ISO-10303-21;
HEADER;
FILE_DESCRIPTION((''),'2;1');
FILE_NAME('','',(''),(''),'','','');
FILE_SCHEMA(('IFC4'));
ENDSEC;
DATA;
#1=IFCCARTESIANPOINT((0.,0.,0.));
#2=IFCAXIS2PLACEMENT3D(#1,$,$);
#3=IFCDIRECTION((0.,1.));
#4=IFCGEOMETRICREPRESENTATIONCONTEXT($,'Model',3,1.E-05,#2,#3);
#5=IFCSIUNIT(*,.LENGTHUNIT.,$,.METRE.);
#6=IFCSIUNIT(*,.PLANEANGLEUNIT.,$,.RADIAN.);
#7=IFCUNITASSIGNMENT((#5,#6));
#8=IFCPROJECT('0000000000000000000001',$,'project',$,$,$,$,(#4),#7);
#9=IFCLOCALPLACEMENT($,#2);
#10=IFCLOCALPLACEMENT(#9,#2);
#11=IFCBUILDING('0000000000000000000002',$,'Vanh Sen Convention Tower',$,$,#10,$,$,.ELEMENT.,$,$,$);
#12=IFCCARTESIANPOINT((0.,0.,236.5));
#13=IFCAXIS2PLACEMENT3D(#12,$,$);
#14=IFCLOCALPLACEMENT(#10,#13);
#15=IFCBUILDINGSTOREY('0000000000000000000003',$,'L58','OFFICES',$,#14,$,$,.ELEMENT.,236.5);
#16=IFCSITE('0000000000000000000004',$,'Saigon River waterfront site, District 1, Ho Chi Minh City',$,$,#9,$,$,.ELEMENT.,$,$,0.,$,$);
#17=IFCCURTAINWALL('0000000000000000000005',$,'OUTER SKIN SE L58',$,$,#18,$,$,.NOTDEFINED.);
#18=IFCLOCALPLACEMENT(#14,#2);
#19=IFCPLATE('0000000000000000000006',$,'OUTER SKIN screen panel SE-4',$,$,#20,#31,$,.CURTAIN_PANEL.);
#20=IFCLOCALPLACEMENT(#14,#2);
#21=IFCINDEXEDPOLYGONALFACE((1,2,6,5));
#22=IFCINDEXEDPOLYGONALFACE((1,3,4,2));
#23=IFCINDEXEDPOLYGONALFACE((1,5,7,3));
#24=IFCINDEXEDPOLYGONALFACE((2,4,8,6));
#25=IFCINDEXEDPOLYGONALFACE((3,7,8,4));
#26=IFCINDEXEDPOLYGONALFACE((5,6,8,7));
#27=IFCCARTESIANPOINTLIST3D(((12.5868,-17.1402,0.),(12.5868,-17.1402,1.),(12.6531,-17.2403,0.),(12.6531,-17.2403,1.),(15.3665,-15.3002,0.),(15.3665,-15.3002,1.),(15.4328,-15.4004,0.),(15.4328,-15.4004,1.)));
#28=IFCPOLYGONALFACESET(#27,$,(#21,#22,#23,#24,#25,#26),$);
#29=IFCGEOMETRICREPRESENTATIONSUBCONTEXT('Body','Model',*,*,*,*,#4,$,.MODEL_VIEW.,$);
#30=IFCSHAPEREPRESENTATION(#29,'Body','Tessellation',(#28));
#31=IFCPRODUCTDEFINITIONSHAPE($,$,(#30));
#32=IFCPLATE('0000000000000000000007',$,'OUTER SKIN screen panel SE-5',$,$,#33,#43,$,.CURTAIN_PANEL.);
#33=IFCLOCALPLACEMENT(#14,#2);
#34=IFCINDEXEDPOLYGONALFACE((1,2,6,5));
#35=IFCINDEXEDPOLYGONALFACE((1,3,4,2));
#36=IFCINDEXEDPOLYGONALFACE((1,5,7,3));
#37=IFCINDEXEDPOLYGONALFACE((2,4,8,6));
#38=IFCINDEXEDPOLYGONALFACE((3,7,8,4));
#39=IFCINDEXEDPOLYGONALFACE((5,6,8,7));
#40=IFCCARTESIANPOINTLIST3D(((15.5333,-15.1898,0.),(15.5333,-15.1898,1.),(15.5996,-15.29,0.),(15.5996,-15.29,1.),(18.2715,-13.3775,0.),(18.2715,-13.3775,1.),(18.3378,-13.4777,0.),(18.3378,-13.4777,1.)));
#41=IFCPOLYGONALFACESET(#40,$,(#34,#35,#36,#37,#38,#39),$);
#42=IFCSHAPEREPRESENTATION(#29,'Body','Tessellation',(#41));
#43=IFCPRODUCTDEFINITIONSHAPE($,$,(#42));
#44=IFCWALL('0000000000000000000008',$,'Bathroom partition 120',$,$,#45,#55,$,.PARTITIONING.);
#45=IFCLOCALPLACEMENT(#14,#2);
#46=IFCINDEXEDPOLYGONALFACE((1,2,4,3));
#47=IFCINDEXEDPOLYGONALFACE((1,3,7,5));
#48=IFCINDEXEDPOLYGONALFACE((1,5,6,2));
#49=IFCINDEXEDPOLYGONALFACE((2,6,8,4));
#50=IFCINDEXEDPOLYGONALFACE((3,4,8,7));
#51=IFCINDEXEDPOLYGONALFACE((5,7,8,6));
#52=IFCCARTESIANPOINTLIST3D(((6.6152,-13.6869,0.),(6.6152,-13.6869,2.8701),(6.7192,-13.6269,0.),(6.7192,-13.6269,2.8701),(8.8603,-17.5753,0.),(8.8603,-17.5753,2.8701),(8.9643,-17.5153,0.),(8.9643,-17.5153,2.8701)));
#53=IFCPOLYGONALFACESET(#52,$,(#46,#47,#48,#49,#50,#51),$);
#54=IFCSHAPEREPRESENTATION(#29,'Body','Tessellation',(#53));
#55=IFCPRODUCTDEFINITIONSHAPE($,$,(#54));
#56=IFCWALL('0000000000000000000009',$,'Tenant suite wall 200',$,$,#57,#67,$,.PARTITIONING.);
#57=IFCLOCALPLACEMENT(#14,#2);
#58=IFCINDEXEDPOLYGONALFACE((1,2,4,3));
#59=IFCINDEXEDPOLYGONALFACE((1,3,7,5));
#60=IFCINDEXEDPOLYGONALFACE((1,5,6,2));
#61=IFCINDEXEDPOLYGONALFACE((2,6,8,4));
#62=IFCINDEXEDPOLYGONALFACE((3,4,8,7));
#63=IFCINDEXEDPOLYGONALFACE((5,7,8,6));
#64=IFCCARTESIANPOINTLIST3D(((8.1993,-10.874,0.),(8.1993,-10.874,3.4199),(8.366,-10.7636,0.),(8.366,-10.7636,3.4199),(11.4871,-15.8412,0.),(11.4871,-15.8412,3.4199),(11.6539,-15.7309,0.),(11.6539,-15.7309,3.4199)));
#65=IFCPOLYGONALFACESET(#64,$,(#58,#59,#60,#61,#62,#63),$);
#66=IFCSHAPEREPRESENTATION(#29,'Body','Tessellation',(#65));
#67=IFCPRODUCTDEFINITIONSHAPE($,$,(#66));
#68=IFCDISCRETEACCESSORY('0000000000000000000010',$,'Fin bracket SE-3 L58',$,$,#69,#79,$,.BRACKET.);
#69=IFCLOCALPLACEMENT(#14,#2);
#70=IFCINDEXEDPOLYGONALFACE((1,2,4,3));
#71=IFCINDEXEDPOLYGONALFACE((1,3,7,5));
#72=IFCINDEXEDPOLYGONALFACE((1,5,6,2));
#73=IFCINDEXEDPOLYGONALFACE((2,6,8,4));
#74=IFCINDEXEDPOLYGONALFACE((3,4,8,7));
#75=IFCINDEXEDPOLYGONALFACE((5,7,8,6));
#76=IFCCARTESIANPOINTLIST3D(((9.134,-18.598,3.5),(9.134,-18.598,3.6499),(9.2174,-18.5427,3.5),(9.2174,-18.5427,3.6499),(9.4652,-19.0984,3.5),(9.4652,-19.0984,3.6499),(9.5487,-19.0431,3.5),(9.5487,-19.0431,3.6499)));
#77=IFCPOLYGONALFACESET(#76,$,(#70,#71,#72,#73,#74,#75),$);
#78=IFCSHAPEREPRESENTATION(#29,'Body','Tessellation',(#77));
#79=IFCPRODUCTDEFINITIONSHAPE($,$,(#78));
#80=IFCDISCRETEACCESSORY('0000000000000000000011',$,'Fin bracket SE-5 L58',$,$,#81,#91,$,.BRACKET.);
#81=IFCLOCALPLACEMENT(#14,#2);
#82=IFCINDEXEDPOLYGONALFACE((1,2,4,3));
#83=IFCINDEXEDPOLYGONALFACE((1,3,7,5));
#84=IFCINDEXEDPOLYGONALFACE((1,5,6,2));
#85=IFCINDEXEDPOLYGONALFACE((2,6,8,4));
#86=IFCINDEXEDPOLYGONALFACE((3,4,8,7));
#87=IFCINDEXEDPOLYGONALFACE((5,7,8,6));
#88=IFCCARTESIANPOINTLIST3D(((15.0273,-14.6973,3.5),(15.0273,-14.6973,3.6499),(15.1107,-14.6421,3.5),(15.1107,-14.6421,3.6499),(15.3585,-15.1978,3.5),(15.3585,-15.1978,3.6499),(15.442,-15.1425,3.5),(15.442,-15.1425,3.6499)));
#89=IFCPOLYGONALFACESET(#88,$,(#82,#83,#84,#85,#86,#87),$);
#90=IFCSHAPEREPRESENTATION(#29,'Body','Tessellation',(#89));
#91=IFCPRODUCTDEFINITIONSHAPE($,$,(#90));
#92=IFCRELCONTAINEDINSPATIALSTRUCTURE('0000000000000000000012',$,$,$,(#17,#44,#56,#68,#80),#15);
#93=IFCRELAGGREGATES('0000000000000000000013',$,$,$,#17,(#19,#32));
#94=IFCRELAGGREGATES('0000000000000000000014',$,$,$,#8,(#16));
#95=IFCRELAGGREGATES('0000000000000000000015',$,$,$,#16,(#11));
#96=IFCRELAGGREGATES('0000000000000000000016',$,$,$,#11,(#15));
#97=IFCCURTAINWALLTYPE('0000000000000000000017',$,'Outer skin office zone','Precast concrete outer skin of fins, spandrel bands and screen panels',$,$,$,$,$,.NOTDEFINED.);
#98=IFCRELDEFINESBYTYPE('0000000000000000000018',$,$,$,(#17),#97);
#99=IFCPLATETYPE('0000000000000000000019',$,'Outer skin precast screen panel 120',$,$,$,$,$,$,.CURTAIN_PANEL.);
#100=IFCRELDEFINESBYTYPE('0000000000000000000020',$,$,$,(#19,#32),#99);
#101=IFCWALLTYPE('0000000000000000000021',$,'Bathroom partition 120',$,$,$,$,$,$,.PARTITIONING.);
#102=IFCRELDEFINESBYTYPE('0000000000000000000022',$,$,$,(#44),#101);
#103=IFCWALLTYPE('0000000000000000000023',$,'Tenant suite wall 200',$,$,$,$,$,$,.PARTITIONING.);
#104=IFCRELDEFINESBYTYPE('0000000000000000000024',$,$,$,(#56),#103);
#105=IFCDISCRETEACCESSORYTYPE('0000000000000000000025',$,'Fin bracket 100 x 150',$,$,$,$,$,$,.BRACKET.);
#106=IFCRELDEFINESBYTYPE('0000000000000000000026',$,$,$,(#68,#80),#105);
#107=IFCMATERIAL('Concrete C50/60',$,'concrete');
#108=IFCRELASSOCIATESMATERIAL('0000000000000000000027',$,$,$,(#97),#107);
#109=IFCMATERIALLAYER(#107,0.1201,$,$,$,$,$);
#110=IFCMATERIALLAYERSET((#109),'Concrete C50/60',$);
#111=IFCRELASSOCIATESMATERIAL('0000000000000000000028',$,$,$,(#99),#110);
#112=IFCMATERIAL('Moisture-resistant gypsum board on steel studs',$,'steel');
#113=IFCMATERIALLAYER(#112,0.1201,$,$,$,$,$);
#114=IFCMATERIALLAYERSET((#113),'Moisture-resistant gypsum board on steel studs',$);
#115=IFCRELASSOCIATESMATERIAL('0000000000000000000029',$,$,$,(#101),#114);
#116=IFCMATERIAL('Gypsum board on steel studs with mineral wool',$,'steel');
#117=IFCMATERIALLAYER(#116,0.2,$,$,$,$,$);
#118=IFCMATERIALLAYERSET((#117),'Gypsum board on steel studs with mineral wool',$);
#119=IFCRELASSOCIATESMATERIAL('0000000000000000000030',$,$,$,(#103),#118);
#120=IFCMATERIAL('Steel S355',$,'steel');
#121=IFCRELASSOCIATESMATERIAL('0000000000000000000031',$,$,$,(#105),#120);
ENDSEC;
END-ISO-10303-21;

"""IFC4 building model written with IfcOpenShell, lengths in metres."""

from ifc_helpers import new_model, si_unit, direction, frame, frame_2d, origin, origin_2d, place, context, subcontext, project, spatial, rectangle, extrude, material, layer, layer_set, type_object, element, aggregate, save


model = new_model("IFC4")

# Units and contexts
model_context = context("Model", 3, precision=1e-05, world=origin(), true_north=direction((0.0, 1.0)))
body_context = subcontext(model_context, "Body", "Model", "MODEL_VIEW")
ifc_project = project(units=[si_unit("LENGTHUNIT", "METRE"), si_unit("PLANEANGLEUNIT", "RADIAN")], contexts=[model_context])

# Site, building, storey
site_placement = place(None, origin())
site = spatial("IfcSite", under=ifc_project, at=site_placement, Name="Saigon River waterfront site, District 1, Ho Chi Minh City", CompositionType="ELEMENT", RefElevation=0.0)
building_placement = place(site_placement, origin())
building = spatial("IfcBuilding", under=site, at=building_placement, Name="Vanh Sen Convention Tower", CompositionType="ELEMENT")
storey_placement = place(building_placement, frame((0.0, 0.0, 236.5)))
storey = spatial("IfcBuildingStorey", under=building, at=storey_placement, Name="L58", Description="OFFICES", CompositionType="ELEMENT", Elevation=236.5)

# Curtain wall
ifc_material_1 = material(Name="Concrete C50/60", Category="concrete")
curtain_wall_type = type_object("IfcCurtainWallType", Name="Outer skin office zone", Description="Precast concrete outer skin of fins, spandrel bands and screen panels", PredefinedType="NOTDEFINED", material=ifc_material_1)
curtain_wall_1_placement = place(storey_placement, origin())
curtain_wall_1 = element("IfcCurtainWall", 1, at=curtain_wall_1_placement, inside=storey, type_object=curtain_wall_type, Name="OUTER SKIN SE L58", PredefinedType="NOTDEFINED")

# Plates
ifc_layer_1 = layer(ifc_material_1, 0.1201)
ifc_layer_set_1 = layer_set([ifc_layer_1], Name="Concrete C50/60")
plate_type = type_object("IfcPlateType", Name="Outer skin precast screen panel 120", PredefinedType="CURTAIN_PANEL", material=ifc_layer_set_1)
plate_1_placement = place(storey_placement, frame((14.0098, -16.2703, 0.0), z_axis=(0.0, 0.0, 1.0), x_axis=(0.833874, 0.551954, 0.0)))
plate_1 = element("IfcPlate", 2, at=plate_1_placement, type_object=plate_type, Name="OUTER SKIN screen panel SE-4", PredefinedType="CURTAIN_PANEL", context=body_context, shape_type="SweptSolid", body=[
    extrude(rectangle(XDim=3.3335, YDim=0.1201, at=origin_2d()), origin(), (0.0, 0.0, 1.0), 1.0),
])
plate_2_placement = place(storey_placement, frame((16.9355, -14.3337, 0.0), z_axis=(0.0, 0.0, 1.0), x_axis=(0.833896, 0.551921, 0.0)))
plate_2 = element("IfcPlate", 3, at=plate_2_placement, type_object=plate_type, Name="OUTER SKIN screen panel SE-5", PredefinedType="CURTAIN_PANEL", context=body_context, shape_type="SweptSolid", body=[
    extrude(rectangle(XDim=3.2837, YDim=0.1201, at=origin_2d()), origin(), (0.0, 0.0, 1.0), 1.0),
])
aggregate(curtain_wall_1, [plate_1, plate_2])

# Walls
ifc_material_2 = material(Name="Moisture-resistant gypsum board on steel studs", Category="steel")
ifc_layer_2 = layer(ifc_material_2, 0.1201)
ifc_layer_set_2 = layer_set([ifc_layer_2], Name="Moisture-resistant gypsum board on steel studs")
wall_type_1 = type_object("IfcWallType", Name="Bathroom partition 120", PredefinedType="PARTITIONING", material=ifc_layer_set_2)
wall_1_placement = place(storey_placement, frame((8.9124, -17.5454, 0.0), z_axis=(0.0, 0.0, 1.0), x_axis=(-0.500022, 0.866013, 0.0)))
element("IfcWall", 4, at=wall_1_placement, inside=storey, type_object=wall_type_1, Name="Bathroom partition 120", PredefinedType="PARTITIONING", context=body_context, shape_type="SweptSolid", body=[
    extrude(rectangle(XDim=4.49, YDim=0.1201, at=frame_2d((2.2451, 0.0))), origin(), (0.0, 0.0, 1.0), 2.8701),
])
ifc_material_3 = material(Name="Gypsum board on steel studs with mineral wool", Category="steel")
ifc_layer_3 = layer(ifc_material_3, 0.2)
ifc_layer_set_3 = layer_set([ifc_layer_3], Name="Gypsum board on steel studs with mineral wool")
wall_type_2 = type_object("IfcWallType", Name="Tenant suite wall 200", PredefinedType="PARTITIONING", material=ifc_layer_set_3)
wall_2_placement = place(storey_placement, frame((11.5706, -15.7861, 0.0), z_axis=(0.0, 0.0, 1.0), x_axis=(-0.551945, 0.833881, 0.0)))
element("IfcWall", 5, at=wall_2_placement, inside=storey, type_object=wall_type_2, Name="Tenant suite wall 200", PredefinedType="PARTITIONING", context=body_context, shape_type="SweptSolid", body=[
    extrude(rectangle(XDim=5.9568, YDim=0.2, at=frame_2d((2.9785, 0.0))), origin(), (0.0, 0.0, 1.0), 3.4199),
])

# Discrete accessories
ifc_material_4 = material(Name="Steel S355", Category="steel")
discrete_accessory_type = type_object("IfcDiscreteAccessoryType", Name="Fin bracket 100 x 150", PredefinedType="BRACKET", material=ifc_material_4)
for number, where, z_axis, x_axis, name in (
    (6, (9.3413, -18.8206, 3.5), (0.0, 0.0, 1.0), (0.551937, -0.833886, 0.0), "Fin bracket SE-3 L58"),
    (7, (15.2346, -14.9199, 3.5), (0.0, 0.0, 1.0), (0.551937, -0.833886, 0.0), "Fin bracket SE-5 L58"),
):
    element("IfcDiscreteAccessory", number, at=place(storey_placement, frame(where, z_axis=z_axis, x_axis=x_axis)), inside=storey, type_object=discrete_accessory_type, Name=name, PredefinedType="BRACKET", context=body_context, shape_type="SweptSolid", body=[
        extrude(rectangle(XDim=0.6001, YDim=0.1001, at=origin_2d()), origin(), (0.0, 0.0, 1.0), 0.1499),
    ])

save(model, "model.ifc")
